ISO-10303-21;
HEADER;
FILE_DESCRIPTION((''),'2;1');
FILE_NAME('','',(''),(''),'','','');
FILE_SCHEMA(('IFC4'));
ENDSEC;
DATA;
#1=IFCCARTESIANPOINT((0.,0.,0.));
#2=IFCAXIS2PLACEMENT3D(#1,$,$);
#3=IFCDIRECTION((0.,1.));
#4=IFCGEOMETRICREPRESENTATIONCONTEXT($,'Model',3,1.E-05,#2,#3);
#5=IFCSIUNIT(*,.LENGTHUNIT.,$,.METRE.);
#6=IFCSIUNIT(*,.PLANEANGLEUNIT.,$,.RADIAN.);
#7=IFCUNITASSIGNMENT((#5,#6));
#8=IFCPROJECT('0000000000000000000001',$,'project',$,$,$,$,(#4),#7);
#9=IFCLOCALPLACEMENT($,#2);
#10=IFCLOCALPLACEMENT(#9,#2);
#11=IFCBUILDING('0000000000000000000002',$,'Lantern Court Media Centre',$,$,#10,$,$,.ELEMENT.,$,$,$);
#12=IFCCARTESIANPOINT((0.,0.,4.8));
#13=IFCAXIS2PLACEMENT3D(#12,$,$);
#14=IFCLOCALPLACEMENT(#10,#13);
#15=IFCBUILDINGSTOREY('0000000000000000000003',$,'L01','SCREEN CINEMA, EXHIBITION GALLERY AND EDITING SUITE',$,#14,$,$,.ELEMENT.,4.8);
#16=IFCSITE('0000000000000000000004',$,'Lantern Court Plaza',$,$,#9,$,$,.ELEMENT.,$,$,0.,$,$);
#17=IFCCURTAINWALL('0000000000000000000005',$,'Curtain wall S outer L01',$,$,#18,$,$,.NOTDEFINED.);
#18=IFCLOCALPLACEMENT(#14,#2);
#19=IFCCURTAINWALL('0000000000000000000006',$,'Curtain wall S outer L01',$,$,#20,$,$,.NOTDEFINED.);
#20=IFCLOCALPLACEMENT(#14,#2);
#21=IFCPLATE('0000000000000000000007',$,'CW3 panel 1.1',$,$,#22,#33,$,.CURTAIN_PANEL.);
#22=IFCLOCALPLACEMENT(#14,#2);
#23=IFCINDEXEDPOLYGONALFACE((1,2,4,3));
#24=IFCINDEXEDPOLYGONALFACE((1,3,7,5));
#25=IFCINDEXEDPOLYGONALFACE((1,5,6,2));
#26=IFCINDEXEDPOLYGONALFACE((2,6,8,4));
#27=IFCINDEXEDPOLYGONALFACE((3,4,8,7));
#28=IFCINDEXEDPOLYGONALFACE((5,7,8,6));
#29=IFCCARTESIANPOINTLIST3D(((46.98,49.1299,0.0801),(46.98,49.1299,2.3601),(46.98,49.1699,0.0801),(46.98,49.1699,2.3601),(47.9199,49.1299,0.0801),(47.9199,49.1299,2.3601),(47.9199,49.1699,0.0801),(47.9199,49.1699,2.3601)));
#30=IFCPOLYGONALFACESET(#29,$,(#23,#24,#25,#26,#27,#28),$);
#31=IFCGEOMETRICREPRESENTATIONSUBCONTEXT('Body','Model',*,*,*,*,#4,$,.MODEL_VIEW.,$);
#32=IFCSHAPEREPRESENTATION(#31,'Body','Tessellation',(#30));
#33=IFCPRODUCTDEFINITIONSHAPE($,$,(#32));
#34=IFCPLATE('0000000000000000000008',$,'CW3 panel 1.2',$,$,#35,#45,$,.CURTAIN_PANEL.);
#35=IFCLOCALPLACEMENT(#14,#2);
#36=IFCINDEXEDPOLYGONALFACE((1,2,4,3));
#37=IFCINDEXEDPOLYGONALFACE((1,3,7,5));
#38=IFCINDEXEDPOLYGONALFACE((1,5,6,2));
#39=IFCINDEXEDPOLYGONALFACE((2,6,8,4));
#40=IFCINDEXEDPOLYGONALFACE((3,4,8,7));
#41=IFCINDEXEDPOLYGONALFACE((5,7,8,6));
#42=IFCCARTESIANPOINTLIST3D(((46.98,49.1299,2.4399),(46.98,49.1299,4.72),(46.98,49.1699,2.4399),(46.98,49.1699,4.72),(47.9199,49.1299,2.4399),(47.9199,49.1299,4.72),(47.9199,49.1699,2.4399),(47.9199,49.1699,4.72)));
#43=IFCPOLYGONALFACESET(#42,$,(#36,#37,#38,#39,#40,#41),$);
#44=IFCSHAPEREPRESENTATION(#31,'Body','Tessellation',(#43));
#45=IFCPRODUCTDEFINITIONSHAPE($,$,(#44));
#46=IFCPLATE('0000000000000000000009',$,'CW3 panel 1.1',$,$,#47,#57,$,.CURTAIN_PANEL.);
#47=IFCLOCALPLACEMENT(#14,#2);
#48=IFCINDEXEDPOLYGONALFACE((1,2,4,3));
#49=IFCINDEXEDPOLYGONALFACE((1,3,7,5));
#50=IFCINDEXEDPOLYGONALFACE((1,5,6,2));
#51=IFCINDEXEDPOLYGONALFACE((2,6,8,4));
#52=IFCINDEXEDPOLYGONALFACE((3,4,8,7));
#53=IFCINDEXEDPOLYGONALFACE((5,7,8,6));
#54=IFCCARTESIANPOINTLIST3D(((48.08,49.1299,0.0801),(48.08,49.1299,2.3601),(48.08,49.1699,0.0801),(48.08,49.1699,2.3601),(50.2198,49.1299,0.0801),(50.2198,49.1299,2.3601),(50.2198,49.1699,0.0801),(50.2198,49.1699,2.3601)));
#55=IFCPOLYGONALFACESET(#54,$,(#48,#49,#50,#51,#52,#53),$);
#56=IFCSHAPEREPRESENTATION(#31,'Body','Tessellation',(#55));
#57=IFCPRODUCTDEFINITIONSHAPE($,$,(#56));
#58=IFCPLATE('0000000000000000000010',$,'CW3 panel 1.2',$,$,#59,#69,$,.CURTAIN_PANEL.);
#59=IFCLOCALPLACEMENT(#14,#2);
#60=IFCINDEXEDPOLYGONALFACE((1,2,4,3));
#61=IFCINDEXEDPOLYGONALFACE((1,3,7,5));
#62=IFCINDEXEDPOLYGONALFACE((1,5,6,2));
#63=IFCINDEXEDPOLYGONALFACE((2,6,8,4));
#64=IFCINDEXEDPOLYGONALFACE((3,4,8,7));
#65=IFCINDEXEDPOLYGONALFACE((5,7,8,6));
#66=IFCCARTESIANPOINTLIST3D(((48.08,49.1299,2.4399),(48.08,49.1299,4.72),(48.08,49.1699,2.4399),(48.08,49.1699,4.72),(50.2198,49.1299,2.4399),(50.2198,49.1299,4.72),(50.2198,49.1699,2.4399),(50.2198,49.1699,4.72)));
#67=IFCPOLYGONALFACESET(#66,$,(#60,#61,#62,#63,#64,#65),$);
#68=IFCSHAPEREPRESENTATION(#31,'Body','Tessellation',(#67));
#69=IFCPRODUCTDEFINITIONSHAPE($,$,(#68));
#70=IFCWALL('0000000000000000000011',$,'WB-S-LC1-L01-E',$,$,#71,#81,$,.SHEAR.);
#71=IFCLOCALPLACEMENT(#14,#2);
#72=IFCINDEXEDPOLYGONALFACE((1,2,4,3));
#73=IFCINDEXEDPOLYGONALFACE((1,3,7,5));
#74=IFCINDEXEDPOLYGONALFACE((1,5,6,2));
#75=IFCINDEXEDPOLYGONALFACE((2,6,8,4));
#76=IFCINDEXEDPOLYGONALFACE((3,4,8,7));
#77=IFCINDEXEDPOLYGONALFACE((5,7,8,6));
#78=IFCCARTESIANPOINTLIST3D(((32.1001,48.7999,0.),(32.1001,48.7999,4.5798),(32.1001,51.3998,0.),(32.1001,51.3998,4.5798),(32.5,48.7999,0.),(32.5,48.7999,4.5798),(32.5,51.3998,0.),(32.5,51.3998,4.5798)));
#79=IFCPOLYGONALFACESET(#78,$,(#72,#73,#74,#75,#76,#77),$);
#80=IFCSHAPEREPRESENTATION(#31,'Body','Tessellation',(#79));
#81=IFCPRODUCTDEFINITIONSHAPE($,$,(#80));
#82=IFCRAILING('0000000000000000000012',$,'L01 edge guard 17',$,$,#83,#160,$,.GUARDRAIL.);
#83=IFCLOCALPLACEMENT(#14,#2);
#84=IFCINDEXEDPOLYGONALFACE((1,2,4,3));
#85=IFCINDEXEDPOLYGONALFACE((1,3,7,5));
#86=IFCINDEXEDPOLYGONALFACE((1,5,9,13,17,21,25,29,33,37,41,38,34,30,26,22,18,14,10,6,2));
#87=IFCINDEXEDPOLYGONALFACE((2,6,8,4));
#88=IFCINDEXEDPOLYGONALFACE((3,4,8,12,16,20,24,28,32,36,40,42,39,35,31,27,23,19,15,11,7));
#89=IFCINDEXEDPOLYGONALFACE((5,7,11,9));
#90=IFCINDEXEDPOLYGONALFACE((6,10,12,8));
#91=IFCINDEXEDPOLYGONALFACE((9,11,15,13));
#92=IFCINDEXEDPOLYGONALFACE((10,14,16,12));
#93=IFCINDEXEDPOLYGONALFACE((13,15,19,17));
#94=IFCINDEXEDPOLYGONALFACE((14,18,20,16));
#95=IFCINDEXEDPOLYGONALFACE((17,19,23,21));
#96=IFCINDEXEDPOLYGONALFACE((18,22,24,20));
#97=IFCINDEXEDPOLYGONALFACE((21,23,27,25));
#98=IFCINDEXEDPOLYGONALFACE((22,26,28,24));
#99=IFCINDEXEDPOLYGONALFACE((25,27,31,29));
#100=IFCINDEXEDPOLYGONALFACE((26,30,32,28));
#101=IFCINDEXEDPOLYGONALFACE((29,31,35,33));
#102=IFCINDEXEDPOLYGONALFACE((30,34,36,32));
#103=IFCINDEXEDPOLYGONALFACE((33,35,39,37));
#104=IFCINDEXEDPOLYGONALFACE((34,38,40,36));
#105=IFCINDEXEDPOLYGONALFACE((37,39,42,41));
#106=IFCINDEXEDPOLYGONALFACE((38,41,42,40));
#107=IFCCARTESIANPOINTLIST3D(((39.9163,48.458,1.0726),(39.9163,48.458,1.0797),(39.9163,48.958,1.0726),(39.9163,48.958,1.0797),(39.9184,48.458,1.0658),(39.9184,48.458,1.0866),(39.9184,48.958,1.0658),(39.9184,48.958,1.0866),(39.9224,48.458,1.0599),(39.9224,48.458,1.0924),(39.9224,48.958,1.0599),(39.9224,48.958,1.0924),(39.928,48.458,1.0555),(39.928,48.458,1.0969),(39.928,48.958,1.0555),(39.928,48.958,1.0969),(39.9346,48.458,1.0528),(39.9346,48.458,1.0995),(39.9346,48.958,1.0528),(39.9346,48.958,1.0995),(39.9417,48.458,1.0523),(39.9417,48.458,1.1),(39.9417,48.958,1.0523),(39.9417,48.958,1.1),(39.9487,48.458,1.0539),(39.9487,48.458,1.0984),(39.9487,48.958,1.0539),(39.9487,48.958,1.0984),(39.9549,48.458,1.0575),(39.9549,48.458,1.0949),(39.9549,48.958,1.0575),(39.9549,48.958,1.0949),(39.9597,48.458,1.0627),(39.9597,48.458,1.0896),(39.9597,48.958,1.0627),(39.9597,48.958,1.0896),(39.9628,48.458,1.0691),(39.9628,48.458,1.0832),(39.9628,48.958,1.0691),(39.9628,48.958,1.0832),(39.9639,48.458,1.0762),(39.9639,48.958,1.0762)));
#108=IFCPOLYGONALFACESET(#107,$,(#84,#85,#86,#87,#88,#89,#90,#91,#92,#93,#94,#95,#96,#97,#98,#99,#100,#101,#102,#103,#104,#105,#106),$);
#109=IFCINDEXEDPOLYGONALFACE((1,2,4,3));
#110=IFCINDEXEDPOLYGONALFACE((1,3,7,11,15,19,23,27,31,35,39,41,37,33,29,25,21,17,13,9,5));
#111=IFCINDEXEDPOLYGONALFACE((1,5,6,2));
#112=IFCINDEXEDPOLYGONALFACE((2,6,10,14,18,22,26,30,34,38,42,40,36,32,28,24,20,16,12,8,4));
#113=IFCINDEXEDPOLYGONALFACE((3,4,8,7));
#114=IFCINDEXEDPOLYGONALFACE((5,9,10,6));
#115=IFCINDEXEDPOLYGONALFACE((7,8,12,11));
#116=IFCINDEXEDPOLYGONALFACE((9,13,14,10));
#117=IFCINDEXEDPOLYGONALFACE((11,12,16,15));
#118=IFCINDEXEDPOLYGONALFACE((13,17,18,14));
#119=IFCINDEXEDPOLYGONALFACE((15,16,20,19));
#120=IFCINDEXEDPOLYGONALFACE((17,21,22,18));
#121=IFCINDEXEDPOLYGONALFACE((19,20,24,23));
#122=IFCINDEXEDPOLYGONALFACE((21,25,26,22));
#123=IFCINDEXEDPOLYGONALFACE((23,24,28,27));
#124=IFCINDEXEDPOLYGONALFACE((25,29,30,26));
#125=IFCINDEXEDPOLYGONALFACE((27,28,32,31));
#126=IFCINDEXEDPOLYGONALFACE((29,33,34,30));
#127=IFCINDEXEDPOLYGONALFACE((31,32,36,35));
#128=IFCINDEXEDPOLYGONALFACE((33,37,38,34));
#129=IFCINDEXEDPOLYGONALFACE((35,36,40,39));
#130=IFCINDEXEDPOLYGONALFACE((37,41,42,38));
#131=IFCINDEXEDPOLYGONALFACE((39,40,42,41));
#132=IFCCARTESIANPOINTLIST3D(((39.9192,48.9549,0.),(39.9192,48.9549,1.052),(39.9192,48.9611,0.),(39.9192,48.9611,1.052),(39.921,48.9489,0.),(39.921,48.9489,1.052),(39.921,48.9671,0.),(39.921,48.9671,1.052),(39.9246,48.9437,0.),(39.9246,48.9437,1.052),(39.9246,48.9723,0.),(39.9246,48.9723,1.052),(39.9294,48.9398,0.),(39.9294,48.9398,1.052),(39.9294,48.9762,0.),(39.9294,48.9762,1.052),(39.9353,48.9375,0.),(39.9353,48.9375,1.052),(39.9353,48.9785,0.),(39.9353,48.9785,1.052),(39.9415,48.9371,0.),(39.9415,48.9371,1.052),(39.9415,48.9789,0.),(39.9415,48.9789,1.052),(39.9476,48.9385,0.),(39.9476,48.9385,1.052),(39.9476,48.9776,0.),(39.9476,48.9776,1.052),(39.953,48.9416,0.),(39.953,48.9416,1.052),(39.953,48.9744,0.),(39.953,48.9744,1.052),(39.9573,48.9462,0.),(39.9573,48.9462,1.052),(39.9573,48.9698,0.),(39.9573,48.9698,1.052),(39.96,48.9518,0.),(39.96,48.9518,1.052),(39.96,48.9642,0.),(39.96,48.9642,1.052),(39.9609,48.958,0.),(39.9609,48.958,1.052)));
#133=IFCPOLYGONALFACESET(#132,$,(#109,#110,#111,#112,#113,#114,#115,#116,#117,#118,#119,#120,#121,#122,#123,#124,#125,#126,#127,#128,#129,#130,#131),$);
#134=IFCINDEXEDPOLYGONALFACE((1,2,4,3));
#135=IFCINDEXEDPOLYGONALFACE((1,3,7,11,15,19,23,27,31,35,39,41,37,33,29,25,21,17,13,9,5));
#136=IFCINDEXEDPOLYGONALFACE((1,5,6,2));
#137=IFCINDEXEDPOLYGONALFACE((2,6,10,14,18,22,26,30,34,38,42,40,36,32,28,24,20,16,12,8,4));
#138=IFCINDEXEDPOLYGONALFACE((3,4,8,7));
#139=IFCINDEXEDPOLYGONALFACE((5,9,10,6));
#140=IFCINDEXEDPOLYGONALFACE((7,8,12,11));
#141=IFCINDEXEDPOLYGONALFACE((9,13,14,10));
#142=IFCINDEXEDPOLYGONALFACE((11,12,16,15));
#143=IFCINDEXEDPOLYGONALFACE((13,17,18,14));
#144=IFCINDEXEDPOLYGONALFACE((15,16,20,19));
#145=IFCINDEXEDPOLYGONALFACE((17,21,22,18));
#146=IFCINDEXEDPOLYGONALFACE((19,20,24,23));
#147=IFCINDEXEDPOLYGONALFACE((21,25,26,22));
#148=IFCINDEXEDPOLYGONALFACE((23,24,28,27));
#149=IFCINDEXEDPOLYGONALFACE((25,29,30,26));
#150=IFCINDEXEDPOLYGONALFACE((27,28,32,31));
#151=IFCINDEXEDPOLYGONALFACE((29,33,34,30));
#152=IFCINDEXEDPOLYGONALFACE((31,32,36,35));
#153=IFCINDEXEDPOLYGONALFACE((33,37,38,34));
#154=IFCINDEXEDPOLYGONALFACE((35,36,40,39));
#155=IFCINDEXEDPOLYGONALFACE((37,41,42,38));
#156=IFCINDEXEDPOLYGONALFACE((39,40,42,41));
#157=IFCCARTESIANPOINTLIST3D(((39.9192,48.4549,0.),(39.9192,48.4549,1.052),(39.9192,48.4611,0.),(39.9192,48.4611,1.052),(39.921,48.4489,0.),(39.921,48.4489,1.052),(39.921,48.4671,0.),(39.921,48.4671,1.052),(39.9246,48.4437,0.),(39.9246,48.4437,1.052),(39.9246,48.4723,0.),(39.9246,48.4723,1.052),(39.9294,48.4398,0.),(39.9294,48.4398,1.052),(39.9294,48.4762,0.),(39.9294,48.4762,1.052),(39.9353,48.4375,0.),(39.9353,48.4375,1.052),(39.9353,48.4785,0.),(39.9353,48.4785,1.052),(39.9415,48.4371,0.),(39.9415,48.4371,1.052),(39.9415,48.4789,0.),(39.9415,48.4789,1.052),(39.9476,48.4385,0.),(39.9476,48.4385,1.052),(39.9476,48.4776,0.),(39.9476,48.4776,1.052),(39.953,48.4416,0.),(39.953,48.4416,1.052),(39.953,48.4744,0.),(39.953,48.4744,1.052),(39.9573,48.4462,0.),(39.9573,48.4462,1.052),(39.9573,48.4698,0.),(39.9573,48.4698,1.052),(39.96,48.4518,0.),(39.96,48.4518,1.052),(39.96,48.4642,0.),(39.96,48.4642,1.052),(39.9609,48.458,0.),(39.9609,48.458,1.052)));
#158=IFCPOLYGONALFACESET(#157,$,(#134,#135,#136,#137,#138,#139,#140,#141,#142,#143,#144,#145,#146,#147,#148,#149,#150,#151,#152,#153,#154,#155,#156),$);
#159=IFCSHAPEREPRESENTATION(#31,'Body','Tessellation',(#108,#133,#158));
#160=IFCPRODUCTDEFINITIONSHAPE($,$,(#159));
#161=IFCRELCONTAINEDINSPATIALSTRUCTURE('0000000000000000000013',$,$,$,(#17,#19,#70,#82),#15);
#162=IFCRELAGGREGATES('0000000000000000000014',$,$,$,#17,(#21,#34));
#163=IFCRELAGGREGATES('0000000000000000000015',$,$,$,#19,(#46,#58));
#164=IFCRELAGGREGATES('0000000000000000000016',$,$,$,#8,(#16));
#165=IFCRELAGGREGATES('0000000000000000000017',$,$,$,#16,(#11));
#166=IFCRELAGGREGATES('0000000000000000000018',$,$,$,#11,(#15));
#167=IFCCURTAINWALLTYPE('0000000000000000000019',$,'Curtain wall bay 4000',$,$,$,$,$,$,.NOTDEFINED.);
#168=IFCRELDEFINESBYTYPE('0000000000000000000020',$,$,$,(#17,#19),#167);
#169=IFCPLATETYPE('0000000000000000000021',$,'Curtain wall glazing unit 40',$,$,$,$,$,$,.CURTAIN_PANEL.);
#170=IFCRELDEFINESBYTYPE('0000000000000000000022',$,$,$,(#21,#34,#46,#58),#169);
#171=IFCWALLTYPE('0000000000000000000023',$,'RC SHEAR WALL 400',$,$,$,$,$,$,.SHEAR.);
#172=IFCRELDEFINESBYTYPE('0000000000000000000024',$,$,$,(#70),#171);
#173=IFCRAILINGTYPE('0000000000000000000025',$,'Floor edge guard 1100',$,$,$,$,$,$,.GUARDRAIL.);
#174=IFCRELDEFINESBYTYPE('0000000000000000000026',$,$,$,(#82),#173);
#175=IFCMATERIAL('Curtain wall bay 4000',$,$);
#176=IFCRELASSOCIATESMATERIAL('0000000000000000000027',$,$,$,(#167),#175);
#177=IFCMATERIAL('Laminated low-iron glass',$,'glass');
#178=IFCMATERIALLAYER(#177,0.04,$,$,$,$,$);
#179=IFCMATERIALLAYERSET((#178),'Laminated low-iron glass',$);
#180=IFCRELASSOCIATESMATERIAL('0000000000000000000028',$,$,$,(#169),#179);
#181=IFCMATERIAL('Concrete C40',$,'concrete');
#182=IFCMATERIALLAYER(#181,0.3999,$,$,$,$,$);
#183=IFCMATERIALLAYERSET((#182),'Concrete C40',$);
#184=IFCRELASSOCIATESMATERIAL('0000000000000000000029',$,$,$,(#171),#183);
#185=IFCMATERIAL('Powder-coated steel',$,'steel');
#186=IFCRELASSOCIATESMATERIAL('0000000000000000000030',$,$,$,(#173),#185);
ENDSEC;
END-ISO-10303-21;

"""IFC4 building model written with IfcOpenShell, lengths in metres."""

from ifc_helpers import new_model, si_unit, direction, frame, frame_2d, origin, origin_2d, place, context, subcontext, project, spatial, rectangle, circle, extrude, material, layer, layer_set, type_object, element, aggregate, save


model = new_model("IFC4")

# Units and contexts
model_context = context("Model", 3, precision=1e-05, world=origin(), true_north=direction((0.0, 1.0)))
body_context = subcontext(model_context, "Body", "Model", "MODEL_VIEW")
ifc_project = project(units=[si_unit("LENGTHUNIT", "METRE"), si_unit("PLANEANGLEUNIT", "RADIAN")], contexts=[model_context])

# Site, building, storey
site_placement = place(None, origin())
site = spatial("IfcSite", under=ifc_project, at=site_placement, Name="Lantern Court Plaza", CompositionType="ELEMENT", RefElevation=0.0)
building_placement = place(site_placement, origin())
building = spatial("IfcBuilding", under=site, at=building_placement, Name="Lantern Court Media Centre", CompositionType="ELEMENT")
storey_placement = place(building_placement, frame((0.0, 0.0, 4.8)))
storey = spatial("IfcBuildingStorey", under=building, at=storey_placement, Name="L01", Description="SCREEN CINEMA, EXHIBITION GALLERY AND EDITING SUITE", CompositionType="ELEMENT", Elevation=4.8)

# Curtain walls
ifc_material_1 = material(Name="Curtain wall bay 4000")
curtain_wall_type_1 = type_object("IfcCurtainWallType", Name="Curtain wall bay 4000", PredefinedType="NOTDEFINED", material=ifc_material_1)
curtain_wall_1_placement = place(storey_placement, origin())
curtain_wall_1 = element("IfcCurtainWall", 1, at=curtain_wall_1_placement, inside=storey, type_object=curtain_wall_type_1, Name="Curtain wall S outer L01", PredefinedType="NOTDEFINED")
curtain_wall_2_placement = place(storey_placement, origin())
curtain_wall_2 = element("IfcCurtainWall", 2, at=curtain_wall_2_placement, inside=storey, type_object=curtain_wall_type_1, Name="Curtain wall S outer L01", PredefinedType="NOTDEFINED")

# Plates
ifc_material_2 = material(Name="Laminated low-iron glass", Category="glass")
ifc_layer_1 = layer(ifc_material_2, 0.04)
ifc_layer_set_1 = layer_set([ifc_layer_1], Name="Laminated low-iron glass")
plate_type_1 = type_object("IfcPlateType", Name="Curtain wall glazing unit 40", PredefinedType="CURTAIN_PANEL", material=ifc_layer_set_1)
plate_1_placement = place(storey_placement, frame((47.45, 49.1499, 0.0801), z_axis=(0.0, 0.0, 1.0), x_axis=(1.0, 0.0, 0.0)))
plate_1 = element("IfcPlate", 3, at=plate_1_placement, type_object=plate_type_1, Name="CW3 panel 1.1", PredefinedType="CURTAIN_PANEL", context=body_context, shape_type="SweptSolid", body=[
    extrude(rectangle(XDim=0.9399, YDim=0.04, at=origin_2d()), origin(), (0.0, 0.0, 1.0), 2.28),
])
plate_2_placement = place(storey_placement, frame((47.45, 49.1499, 2.4399), z_axis=(0.0, 0.0, 1.0), x_axis=(1.0, 0.0, 0.0)))
plate_2 = element("IfcPlate", 4, at=plate_2_placement, type_object=plate_type_1, Name="CW3 panel 1.2", PredefinedType="CURTAIN_PANEL", context=body_context, shape_type="SweptSolid", body=[
    extrude(rectangle(XDim=0.9399, YDim=0.04, at=origin_2d()), origin(), (0.0, 0.0, 1.0), 2.28),
])
aggregate(curtain_wall_1, [plate_1, plate_2])
plate_3_placement = place(storey_placement, frame((49.1499, 49.1499, 0.0801), z_axis=(0.0, 0.0, 1.0), x_axis=(1.0, 0.0, 0.0)))
plate_3 = element("IfcPlate", 5, at=plate_3_placement, type_object=plate_type_1, Name="CW3 panel 1.1", PredefinedType="CURTAIN_PANEL", context=body_context, shape_type="SweptSolid", body=[
    extrude(rectangle(XDim=2.1399, YDim=0.04, at=origin_2d()), origin(), (0.0, 0.0, 1.0), 2.28),
])
plate_4_placement = place(storey_placement, frame((49.1499, 49.1499, 2.4399), z_axis=(0.0, 0.0, 1.0), x_axis=(1.0, 0.0, 0.0)))
plate_4 = element("IfcPlate", 6, at=plate_4_placement, type_object=plate_type_1, Name="CW3 panel 1.2", PredefinedType="CURTAIN_PANEL", context=body_context, shape_type="SweptSolid", body=[
    extrude(rectangle(XDim=2.1399, YDim=0.04, at=origin_2d()), origin(), (0.0, 0.0, 1.0), 2.28),
])
aggregate(curtain_wall_2, [plate_3, plate_4])

# Wall
ifc_material_3 = material(Name="Concrete C40", Category="concrete")
ifc_layer_2 = layer(ifc_material_3, 0.3999)
ifc_layer_set_2 = layer_set([ifc_layer_2], Name="Concrete C40")
wall_type = type_object("IfcWallType", Name="RC SHEAR WALL 400", PredefinedType="SHEAR", material=ifc_layer_set_2)
wall_placement = place(storey_placement, frame((32.3, 48.8, 0.0), z_axis=(0.0, 0.0, 1.0), x_axis=(0.0, 1.0, 0.0)))
element("IfcWall", 7, at=wall_placement, inside=storey, type_object=wall_type, Name="WB-S-LC1-L01-E", PredefinedType="SHEAR", context=body_context, shape_type="SweptSolid", body=[
    extrude(rectangle(XDim=2.5999, YDim=0.3999, at=frame_2d((1.2998, 0.0))), origin(), (0.0, 0.0, 1.0), 4.5798),
])

# Railing
ifc_material_4 = material(Name="Powder-coated steel", Category="steel")
railing_type = type_object("IfcRailingType", Name="Floor edge guard 1100", PredefinedType="GUARDRAIL", material=ifc_material_4)
railing_placement = place(storey_placement, frame((39.9399, 48.958, 0.0)))
element("IfcRailing", 8, at=railing_placement, inside=storey, type_object=railing_type, Name="L01 edge guard 17", PredefinedType="GUARDRAIL", context=body_context, shape_type="SweptSolid", body=[
    extrude(circle(Radius=0.0239, at=origin_2d()), frame((0.0, 0.0, 1.0762), z_axis=(0.0, -1.0, 0.0), x_axis=(1.0, 0.0, 0.0)), (0.0, 0.0, 1.0), 0.5),
    extrude(circle(Radius=0.021, at=origin_2d()), origin(), (0.0, 0.0, 1.0), 1.052),
    extrude(circle(Radius=0.021, at=origin_2d()), frame((0.0, -0.5, 0.0)), (0.0, 0.0, 1.0), 1.052),
])

save(model, "model.ifc")
